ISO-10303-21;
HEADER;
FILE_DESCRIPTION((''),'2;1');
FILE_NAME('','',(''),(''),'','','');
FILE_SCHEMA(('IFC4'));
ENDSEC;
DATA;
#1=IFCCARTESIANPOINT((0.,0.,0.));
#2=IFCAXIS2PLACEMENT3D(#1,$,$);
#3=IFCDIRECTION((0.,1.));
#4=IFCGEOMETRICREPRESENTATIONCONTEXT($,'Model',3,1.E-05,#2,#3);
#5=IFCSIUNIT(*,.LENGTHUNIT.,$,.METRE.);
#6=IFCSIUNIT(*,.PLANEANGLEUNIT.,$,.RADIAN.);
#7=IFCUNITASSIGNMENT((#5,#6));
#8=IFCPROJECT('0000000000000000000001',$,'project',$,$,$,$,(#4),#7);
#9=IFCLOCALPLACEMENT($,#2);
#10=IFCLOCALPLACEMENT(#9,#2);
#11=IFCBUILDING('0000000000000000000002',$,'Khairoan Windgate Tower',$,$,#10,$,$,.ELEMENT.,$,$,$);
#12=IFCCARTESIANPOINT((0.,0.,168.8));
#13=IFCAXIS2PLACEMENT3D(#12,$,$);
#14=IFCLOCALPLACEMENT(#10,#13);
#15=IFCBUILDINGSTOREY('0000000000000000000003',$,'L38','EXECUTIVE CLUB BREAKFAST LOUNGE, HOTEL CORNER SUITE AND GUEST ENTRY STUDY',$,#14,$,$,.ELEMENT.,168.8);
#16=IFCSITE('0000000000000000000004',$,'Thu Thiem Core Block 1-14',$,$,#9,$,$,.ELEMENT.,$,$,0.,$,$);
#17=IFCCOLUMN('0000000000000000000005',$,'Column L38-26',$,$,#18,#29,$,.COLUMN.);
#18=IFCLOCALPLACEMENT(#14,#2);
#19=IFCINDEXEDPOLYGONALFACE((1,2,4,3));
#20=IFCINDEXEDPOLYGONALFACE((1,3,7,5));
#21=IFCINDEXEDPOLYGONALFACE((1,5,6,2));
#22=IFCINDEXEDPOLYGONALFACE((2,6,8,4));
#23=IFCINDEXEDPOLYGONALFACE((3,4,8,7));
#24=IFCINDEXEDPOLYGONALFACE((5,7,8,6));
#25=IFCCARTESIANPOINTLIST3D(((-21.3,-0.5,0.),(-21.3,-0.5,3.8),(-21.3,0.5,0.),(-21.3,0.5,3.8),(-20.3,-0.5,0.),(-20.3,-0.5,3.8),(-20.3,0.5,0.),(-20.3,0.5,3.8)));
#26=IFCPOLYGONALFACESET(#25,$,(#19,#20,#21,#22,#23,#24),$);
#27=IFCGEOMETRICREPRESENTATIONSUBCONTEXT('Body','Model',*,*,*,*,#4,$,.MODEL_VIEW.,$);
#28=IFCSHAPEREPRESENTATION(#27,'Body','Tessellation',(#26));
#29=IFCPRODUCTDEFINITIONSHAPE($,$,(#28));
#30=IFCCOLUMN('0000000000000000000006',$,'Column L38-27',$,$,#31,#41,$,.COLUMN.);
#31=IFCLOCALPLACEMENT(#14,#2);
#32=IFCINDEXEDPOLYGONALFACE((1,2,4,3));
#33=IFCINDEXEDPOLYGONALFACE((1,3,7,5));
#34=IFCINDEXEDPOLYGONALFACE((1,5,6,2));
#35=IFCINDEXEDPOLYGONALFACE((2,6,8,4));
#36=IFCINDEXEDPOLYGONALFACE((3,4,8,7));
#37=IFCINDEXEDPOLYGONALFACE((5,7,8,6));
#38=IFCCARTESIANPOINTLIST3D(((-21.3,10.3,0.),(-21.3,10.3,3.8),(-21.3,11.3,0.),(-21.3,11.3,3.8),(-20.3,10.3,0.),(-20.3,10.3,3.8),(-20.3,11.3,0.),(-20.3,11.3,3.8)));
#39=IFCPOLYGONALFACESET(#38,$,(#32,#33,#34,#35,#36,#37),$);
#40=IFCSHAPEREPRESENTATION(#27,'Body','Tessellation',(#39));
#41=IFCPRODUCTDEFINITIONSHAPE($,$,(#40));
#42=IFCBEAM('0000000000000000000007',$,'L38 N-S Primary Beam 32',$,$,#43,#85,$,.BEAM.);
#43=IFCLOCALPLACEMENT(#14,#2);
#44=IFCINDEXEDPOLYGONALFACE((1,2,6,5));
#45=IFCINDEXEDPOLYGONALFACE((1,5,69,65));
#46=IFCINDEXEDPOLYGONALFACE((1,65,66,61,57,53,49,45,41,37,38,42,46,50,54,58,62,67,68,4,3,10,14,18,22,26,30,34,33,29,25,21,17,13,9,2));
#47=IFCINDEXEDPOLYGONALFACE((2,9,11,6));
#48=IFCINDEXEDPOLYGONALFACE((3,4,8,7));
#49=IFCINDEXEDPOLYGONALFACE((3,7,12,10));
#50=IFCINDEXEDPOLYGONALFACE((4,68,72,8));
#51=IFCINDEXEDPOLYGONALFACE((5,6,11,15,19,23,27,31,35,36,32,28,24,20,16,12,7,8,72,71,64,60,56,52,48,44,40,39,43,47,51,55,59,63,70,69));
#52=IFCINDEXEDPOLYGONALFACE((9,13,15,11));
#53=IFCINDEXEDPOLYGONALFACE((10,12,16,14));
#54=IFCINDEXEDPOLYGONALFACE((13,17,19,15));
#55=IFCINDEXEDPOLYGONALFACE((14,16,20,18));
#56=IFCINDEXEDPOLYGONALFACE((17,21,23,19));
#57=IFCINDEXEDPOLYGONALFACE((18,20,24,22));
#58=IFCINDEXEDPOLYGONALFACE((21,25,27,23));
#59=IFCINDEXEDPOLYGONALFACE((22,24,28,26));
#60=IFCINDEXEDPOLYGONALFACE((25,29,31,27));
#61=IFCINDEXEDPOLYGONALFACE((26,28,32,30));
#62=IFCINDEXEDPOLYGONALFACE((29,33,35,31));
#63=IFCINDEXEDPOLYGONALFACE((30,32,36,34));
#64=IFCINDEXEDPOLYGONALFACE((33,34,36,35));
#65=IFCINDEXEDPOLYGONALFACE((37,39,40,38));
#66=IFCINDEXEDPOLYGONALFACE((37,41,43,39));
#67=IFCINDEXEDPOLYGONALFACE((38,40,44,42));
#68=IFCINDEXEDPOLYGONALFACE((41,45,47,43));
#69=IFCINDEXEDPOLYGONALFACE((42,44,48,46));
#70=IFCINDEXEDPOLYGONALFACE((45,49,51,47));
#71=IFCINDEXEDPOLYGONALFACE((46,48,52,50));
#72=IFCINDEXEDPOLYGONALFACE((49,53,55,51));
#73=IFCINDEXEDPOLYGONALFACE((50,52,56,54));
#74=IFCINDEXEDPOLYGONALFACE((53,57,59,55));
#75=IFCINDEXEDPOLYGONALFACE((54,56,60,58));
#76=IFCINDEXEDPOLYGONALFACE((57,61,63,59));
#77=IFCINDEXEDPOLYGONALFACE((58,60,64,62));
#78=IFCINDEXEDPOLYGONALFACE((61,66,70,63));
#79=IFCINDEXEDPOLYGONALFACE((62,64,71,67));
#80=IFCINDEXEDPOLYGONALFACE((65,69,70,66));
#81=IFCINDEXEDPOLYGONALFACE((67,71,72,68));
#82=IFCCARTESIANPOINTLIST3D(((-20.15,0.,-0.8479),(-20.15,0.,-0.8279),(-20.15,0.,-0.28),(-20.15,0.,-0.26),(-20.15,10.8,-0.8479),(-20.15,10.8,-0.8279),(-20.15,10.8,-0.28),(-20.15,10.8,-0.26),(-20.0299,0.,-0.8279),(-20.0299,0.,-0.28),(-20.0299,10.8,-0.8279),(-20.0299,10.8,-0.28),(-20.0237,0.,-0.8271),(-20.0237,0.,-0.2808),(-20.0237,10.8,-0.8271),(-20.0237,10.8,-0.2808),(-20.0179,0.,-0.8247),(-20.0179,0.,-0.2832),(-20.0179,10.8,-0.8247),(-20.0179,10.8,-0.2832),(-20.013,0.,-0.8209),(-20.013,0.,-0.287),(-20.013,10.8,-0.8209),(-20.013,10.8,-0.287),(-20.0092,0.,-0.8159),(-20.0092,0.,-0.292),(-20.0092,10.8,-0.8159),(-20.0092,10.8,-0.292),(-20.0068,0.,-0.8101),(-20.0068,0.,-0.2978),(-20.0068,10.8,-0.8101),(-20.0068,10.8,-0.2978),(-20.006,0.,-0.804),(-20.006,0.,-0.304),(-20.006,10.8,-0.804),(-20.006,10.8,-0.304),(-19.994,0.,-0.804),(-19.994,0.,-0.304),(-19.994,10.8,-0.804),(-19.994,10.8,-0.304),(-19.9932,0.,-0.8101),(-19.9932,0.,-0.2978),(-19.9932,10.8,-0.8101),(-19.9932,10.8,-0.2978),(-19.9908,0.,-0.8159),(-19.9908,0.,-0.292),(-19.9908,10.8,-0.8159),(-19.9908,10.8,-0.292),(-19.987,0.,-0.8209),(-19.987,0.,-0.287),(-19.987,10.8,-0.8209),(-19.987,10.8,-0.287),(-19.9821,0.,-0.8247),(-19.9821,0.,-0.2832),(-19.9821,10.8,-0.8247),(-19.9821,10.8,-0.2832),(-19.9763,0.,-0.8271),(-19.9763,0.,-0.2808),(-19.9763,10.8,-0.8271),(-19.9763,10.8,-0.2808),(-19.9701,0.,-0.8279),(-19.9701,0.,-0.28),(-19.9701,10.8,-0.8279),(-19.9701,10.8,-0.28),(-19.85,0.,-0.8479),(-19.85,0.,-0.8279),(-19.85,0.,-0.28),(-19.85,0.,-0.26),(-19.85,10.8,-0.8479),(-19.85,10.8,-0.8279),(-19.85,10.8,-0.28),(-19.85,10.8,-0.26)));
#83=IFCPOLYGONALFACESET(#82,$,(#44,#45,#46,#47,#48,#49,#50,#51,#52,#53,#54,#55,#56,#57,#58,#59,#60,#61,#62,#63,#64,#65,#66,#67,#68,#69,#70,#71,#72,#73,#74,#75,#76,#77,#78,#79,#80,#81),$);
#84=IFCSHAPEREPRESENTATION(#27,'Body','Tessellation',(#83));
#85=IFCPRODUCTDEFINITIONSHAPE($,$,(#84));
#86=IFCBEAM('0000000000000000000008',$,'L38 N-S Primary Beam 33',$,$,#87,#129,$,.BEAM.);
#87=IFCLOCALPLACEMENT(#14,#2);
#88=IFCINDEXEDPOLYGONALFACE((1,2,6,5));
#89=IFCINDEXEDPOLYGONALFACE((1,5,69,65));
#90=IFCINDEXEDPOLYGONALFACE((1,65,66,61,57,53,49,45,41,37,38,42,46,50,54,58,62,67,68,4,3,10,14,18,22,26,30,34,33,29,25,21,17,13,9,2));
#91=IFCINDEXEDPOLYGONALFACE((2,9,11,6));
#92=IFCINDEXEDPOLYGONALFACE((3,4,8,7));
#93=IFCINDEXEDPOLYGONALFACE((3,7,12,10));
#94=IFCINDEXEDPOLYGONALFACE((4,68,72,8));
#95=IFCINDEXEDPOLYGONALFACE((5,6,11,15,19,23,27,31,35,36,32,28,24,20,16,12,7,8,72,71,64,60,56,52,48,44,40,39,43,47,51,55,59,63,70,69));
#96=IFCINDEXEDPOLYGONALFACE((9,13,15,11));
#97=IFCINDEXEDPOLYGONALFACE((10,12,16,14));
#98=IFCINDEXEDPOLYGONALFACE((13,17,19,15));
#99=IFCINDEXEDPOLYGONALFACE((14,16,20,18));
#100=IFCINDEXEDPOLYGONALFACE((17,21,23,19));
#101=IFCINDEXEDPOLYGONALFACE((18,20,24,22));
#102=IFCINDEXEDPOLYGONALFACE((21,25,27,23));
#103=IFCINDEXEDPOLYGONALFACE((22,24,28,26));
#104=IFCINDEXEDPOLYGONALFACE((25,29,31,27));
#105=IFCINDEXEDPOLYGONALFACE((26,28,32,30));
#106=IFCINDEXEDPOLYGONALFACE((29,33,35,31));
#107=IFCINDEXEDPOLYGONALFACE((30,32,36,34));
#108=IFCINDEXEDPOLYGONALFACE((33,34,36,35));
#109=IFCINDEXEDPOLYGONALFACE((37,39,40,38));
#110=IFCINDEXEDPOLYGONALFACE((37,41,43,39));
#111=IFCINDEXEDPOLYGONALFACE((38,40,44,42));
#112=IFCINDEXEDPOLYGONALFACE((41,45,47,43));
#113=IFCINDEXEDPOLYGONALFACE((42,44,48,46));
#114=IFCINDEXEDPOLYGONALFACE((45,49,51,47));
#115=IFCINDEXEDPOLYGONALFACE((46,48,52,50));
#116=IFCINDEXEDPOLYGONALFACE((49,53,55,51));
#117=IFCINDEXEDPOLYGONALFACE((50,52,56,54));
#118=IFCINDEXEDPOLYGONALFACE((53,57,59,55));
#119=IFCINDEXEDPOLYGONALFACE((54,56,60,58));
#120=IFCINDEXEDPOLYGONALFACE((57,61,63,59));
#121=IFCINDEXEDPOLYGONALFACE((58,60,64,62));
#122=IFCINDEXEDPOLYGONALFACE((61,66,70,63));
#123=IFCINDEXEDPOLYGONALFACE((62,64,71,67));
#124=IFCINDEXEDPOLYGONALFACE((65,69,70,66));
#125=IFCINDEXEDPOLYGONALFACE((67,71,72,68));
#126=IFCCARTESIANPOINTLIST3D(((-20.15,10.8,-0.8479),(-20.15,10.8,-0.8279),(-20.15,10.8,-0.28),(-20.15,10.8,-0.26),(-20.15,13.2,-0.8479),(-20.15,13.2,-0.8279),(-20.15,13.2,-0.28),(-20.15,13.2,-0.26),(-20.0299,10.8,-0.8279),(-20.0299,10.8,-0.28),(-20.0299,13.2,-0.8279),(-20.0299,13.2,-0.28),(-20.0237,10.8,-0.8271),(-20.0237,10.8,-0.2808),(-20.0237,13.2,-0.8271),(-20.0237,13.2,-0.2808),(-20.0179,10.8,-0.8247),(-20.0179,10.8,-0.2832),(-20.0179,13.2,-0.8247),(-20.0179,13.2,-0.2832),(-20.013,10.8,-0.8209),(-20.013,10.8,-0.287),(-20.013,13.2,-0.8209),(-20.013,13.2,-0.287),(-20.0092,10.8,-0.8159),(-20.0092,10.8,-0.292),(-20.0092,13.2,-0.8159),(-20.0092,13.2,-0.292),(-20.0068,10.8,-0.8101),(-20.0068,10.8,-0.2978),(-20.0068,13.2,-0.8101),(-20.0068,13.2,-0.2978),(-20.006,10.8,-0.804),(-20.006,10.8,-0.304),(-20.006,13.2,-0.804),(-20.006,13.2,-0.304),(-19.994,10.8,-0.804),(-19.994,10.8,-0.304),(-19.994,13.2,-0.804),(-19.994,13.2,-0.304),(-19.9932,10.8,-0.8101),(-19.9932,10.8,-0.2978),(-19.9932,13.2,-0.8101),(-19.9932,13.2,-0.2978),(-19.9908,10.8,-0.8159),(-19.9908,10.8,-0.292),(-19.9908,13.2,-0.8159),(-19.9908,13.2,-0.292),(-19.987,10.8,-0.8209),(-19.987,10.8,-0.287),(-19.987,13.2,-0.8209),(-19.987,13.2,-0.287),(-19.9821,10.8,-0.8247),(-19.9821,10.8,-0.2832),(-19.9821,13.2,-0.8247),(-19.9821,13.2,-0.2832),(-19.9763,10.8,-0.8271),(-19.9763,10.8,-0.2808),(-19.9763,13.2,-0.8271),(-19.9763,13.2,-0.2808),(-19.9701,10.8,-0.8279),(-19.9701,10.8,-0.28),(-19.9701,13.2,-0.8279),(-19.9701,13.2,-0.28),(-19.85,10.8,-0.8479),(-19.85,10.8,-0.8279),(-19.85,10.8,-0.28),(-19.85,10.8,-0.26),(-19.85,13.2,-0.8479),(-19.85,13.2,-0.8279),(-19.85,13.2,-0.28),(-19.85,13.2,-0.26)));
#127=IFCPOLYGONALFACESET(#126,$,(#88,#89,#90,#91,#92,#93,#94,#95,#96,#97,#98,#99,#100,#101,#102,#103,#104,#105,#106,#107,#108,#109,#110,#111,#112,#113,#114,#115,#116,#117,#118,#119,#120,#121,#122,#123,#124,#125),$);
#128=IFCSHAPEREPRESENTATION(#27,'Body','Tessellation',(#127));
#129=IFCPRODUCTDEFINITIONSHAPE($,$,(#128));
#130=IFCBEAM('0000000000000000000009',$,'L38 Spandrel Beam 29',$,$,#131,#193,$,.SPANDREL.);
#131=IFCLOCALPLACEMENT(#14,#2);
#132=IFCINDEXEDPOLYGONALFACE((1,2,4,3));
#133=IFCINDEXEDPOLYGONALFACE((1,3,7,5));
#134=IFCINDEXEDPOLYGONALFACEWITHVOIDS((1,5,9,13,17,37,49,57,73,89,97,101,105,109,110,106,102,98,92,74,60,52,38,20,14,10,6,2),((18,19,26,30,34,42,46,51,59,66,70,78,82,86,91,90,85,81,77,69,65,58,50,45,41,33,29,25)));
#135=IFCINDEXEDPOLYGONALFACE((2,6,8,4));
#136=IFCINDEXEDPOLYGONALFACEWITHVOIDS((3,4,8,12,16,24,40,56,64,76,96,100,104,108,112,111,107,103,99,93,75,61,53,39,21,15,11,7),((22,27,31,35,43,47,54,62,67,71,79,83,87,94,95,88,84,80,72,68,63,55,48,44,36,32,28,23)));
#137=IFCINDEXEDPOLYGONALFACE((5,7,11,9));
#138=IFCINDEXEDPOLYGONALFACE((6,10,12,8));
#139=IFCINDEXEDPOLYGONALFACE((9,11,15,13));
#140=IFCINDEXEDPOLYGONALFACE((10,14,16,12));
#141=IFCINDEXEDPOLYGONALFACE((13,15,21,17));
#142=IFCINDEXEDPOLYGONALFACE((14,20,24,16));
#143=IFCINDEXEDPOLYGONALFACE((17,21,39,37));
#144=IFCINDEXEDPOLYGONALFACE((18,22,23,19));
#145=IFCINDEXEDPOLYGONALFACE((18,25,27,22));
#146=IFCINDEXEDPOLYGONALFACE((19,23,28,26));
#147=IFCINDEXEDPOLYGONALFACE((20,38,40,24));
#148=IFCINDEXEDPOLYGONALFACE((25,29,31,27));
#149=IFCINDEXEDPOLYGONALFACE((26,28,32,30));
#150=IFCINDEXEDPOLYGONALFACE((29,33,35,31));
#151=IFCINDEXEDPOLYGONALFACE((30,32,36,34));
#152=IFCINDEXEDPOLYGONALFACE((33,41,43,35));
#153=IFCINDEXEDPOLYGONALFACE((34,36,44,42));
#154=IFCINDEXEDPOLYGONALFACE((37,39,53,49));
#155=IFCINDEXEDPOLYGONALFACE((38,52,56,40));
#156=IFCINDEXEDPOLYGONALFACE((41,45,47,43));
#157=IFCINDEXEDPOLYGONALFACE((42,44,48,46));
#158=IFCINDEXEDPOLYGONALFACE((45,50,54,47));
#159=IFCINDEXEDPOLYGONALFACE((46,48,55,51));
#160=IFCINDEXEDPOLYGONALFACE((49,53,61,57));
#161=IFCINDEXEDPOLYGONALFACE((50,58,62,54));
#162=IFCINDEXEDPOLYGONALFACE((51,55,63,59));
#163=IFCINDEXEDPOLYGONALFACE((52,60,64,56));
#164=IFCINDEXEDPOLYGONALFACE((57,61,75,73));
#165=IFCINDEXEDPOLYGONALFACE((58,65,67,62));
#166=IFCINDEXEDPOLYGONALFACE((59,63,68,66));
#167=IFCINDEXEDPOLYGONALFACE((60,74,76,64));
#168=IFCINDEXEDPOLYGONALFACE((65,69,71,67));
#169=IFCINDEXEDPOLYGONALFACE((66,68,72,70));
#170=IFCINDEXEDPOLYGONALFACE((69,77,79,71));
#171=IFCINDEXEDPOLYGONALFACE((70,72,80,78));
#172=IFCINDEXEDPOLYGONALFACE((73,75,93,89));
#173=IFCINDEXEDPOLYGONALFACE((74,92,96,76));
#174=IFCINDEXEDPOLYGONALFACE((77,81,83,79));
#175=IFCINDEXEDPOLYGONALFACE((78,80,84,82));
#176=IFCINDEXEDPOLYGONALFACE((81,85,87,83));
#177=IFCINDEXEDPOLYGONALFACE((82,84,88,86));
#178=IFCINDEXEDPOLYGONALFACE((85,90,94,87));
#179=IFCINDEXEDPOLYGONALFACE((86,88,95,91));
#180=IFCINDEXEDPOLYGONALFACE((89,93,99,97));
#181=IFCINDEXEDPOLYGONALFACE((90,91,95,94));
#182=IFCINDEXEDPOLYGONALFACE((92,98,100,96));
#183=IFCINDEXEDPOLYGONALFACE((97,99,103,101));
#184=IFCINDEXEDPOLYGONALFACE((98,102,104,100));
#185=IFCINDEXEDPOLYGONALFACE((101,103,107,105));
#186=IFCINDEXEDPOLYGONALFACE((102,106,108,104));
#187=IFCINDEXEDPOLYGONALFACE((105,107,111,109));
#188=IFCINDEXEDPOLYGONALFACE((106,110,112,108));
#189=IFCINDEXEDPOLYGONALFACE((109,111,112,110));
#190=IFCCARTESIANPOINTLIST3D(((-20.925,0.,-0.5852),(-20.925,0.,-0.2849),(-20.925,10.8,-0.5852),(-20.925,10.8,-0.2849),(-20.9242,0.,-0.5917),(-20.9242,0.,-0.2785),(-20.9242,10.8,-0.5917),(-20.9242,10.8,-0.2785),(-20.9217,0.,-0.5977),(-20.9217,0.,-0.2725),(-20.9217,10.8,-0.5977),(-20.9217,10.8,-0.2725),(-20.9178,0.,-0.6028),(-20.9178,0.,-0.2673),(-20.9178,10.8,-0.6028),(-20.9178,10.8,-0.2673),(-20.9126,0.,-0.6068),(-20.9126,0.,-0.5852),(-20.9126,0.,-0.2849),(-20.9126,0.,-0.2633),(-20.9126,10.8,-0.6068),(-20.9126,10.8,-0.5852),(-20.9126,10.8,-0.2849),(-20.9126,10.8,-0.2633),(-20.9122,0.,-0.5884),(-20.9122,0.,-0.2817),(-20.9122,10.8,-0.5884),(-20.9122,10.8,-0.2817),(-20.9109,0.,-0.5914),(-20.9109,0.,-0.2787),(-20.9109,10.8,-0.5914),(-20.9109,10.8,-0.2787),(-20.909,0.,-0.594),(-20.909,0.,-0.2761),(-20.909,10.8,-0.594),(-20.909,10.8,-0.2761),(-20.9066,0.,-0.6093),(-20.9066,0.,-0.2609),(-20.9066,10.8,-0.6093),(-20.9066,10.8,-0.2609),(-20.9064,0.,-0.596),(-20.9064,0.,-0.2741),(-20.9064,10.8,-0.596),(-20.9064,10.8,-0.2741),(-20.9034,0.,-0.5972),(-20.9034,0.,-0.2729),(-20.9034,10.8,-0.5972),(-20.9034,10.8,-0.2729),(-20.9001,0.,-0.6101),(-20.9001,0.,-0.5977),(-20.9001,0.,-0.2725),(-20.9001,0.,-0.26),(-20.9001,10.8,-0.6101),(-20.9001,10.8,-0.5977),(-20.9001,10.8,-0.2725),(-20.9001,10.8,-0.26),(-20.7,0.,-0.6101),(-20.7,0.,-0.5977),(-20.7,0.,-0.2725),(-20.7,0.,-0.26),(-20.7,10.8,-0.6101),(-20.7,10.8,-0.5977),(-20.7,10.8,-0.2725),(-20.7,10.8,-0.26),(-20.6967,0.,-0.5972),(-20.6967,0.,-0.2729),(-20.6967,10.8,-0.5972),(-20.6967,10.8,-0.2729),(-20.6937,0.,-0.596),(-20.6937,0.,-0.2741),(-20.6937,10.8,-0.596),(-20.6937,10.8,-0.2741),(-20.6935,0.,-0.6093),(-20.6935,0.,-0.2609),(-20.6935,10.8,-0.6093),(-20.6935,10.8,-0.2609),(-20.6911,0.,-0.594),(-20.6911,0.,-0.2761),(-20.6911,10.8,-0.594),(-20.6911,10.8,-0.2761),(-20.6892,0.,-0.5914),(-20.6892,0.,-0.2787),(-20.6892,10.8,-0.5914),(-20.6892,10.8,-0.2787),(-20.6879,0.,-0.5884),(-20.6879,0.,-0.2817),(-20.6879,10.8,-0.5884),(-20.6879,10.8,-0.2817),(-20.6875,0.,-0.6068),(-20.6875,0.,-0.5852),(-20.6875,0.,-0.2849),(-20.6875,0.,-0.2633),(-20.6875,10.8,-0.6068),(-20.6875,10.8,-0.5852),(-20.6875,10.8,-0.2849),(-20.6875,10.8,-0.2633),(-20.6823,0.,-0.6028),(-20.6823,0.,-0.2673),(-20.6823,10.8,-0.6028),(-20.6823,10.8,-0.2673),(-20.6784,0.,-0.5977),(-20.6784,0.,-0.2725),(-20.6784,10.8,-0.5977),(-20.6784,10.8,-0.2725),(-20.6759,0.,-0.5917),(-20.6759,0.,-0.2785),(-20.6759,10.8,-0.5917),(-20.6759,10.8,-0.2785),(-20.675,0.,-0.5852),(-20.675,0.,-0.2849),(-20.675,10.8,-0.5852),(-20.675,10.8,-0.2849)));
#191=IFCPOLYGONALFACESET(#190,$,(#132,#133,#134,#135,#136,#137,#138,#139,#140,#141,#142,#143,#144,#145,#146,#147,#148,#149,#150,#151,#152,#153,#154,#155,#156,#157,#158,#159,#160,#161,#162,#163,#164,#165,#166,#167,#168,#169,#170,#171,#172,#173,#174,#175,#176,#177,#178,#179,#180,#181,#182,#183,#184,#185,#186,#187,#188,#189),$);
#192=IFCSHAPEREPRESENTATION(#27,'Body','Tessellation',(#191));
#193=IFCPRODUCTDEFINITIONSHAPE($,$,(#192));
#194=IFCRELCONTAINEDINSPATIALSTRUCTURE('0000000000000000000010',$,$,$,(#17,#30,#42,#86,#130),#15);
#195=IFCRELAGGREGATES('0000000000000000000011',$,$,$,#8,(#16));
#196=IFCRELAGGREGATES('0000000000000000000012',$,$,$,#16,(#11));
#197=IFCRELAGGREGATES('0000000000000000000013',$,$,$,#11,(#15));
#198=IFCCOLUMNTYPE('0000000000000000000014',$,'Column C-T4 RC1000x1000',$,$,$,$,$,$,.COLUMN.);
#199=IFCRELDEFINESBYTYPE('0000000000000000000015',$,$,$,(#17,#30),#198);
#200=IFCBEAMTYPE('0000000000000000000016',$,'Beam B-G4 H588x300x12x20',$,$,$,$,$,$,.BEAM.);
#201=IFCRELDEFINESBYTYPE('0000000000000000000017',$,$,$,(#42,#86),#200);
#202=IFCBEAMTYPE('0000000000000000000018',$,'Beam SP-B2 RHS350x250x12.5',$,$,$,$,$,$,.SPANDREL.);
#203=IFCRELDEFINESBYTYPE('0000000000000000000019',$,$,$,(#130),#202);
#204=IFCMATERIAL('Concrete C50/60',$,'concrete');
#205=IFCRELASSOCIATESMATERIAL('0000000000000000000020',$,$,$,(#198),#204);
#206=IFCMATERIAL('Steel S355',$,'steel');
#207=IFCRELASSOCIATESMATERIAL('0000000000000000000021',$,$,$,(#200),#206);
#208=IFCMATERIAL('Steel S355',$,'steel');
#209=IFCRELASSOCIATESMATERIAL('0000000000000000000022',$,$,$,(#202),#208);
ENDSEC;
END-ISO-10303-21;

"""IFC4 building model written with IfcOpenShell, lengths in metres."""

from ifc_helpers import new_model, si_unit, direction, frame, origin, origin_2d, place, context, subcontext, project, spatial, rectangle, hollow_rectangle, i_section, extrude, material, material_profile, profile_set, type_object, element, save


model = new_model("IFC4")

# Units and contexts
model_context = context("Model", 3, precision=1e-05, world=origin(), true_north=direction((0.0, 1.0)))
body_context = subcontext(model_context, "Body", "Model", "MODEL_VIEW")
ifc_project = project(units=[si_unit("LENGTHUNIT", "METRE"), si_unit("PLANEANGLEUNIT", "RADIAN")], contexts=[model_context])

# Site, building, storey
site_placement = place(None, origin())
site = spatial("IfcSite", under=ifc_project, at=site_placement, Name="Thu Thiem Core Block 1-14", CompositionType="ELEMENT", RefElevation=0.0)
building_placement = place(site_placement, origin())
building = spatial("IfcBuilding", under=site, at=building_placement, Name="Khairoan Windgate Tower", CompositionType="ELEMENT")
storey_placement = place(building_placement, frame((0.0, 0.0, 168.8)))
storey = spatial("IfcBuildingStorey", under=building, at=storey_placement, Name="L38", Description="EXECUTIVE CLUB BREAKFAST LOUNGE, HOTEL CORNER SUITE AND GUEST ENTRY STUDY", CompositionType="ELEMENT", Elevation=168.8)

# Columns
ifc_material_1 = material(Name="Concrete C50/60", Category="concrete")
ifc_material_profile_1 = material_profile(ifc_material_1, rectangle(XDim=1.0, YDim=1.0, at=origin_2d()))
ifc_profile_set_1 = profile_set([ifc_material_profile_1], Name="Concrete C50/60")
column_type = type_object("IfcColumnType", Name="Column C-T4 RC1000x1000", PredefinedType="COLUMN", material=ifc_profile_set_1)
for number, where, z_axis, x_axis, name in (
    (1, (-20.8, 0.0, 0.0), (0.0, 0.0, 1.0), (1.0, 0.0, 0.0), "Column L38-26"),
    (2, (-20.8, 10.8, 0.0), (0.0, 0.0, 1.0), (1.0, 0.0, 0.0), "Column L38-27"),
):
    element("IfcColumn", number, at=place(storey_placement, frame(where, z_axis=z_axis, x_axis=x_axis)), inside=storey, type_object=column_type, Name=name, PredefinedType="COLUMN", context=body_context, shape_type="SweptSolid", body=[
        extrude(rectangle(XDim=1.0, YDim=1.0, at=origin_2d()), origin(), (0.0, 0.0, 1.0), 3.8),
    ])

# Beams
ifc_material_2 = material(Name="Steel S355", Category="steel")
ifc_material_profile_2 = material_profile(ifc_material_2, i_section(OverallWidth=0.3, OverallDepth=0.5879, WebThickness=0.012, FlangeThickness=0.02, FilletRadius=0.0239, at=origin_2d()))
ifc_profile_set_2 = profile_set([ifc_material_profile_2], Name="Steel S355")
beam_type_1 = type_object("IfcBeamType", Name="Beam B-G4 H588x300x12x20", PredefinedType="BEAM", material=ifc_profile_set_2)
beam_1_placement = place(storey_placement, frame((-20.0, 0.0, -0.554), z_axis=(0.0, 1.0, 0.0), x_axis=(-1.0, 0.0, 0.0)))
element("IfcBeam", 3, at=beam_1_placement, inside=storey, type_object=beam_type_1, Name="L38 N-S Primary Beam 32", PredefinedType="BEAM", context=body_context, shape_type="SweptSolid", body=[
    extrude(i_section(OverallWidth=0.3, OverallDepth=0.5879, WebThickness=0.012, FlangeThickness=0.02, FilletRadius=0.0239, at=origin_2d()), origin(), (0.0, 0.0, 1.0), 10.8),
])
beam_2_placement = place(storey_placement, frame((-20.0, 10.8, -0.554), z_axis=(0.0, 1.0, 0.0), x_axis=(-1.0, 0.0, 0.0)))
element("IfcBeam", 4, at=beam_2_placement, inside=storey, type_object=beam_type_1, Name="L38 N-S Primary Beam 33", PredefinedType="BEAM", context=body_context, shape_type="SweptSolid", body=[
    extrude(i_section(OverallWidth=0.3, OverallDepth=0.5879, WebThickness=0.012, FlangeThickness=0.02, FilletRadius=0.0239, at=origin_2d()), origin(), (0.0, 0.0, 1.0), 2.3999),
])
ifc_material_3 = material(Name="Steel S355", Category="steel")
ifc_material_profile_3 = material_profile(ifc_material_3, hollow_rectangle(XDim=0.25, YDim=0.3501, WallThickness=0.0125, InnerFilletRadius=0.0125, OuterFilletRadius=0.0249, at=origin_2d()))
ifc_profile_set_3 = profile_set([ifc_material_profile_3], Name="Steel S355")
beam_type_2 = type_object("IfcBeamType", Name="Beam SP-B2 RHS350x250x12.5", PredefinedType="SPANDREL", material=ifc_profile_set_3)
beam_3_placement = place(storey_placement, frame((-20.8, 0.0, -0.4351), z_axis=(0.0, 1.0, 0.0), x_axis=(-1.0, 0.0, 0.0)))
element("IfcBeam", 5, at=beam_3_placement, inside=storey, type_object=beam_type_2, Name="L38 Spandrel Beam 29", PredefinedType="SPANDREL", context=body_context, shape_type="SweptSolid", body=[
    extrude(hollow_rectangle(XDim=0.25, YDim=0.3501, WallThickness=0.0125, InnerFilletRadius=0.0125, OuterFilletRadius=0.0249, at=origin_2d()), origin(), (0.0, 0.0, 1.0), 10.8),
])

save(model, "model.ifc")
